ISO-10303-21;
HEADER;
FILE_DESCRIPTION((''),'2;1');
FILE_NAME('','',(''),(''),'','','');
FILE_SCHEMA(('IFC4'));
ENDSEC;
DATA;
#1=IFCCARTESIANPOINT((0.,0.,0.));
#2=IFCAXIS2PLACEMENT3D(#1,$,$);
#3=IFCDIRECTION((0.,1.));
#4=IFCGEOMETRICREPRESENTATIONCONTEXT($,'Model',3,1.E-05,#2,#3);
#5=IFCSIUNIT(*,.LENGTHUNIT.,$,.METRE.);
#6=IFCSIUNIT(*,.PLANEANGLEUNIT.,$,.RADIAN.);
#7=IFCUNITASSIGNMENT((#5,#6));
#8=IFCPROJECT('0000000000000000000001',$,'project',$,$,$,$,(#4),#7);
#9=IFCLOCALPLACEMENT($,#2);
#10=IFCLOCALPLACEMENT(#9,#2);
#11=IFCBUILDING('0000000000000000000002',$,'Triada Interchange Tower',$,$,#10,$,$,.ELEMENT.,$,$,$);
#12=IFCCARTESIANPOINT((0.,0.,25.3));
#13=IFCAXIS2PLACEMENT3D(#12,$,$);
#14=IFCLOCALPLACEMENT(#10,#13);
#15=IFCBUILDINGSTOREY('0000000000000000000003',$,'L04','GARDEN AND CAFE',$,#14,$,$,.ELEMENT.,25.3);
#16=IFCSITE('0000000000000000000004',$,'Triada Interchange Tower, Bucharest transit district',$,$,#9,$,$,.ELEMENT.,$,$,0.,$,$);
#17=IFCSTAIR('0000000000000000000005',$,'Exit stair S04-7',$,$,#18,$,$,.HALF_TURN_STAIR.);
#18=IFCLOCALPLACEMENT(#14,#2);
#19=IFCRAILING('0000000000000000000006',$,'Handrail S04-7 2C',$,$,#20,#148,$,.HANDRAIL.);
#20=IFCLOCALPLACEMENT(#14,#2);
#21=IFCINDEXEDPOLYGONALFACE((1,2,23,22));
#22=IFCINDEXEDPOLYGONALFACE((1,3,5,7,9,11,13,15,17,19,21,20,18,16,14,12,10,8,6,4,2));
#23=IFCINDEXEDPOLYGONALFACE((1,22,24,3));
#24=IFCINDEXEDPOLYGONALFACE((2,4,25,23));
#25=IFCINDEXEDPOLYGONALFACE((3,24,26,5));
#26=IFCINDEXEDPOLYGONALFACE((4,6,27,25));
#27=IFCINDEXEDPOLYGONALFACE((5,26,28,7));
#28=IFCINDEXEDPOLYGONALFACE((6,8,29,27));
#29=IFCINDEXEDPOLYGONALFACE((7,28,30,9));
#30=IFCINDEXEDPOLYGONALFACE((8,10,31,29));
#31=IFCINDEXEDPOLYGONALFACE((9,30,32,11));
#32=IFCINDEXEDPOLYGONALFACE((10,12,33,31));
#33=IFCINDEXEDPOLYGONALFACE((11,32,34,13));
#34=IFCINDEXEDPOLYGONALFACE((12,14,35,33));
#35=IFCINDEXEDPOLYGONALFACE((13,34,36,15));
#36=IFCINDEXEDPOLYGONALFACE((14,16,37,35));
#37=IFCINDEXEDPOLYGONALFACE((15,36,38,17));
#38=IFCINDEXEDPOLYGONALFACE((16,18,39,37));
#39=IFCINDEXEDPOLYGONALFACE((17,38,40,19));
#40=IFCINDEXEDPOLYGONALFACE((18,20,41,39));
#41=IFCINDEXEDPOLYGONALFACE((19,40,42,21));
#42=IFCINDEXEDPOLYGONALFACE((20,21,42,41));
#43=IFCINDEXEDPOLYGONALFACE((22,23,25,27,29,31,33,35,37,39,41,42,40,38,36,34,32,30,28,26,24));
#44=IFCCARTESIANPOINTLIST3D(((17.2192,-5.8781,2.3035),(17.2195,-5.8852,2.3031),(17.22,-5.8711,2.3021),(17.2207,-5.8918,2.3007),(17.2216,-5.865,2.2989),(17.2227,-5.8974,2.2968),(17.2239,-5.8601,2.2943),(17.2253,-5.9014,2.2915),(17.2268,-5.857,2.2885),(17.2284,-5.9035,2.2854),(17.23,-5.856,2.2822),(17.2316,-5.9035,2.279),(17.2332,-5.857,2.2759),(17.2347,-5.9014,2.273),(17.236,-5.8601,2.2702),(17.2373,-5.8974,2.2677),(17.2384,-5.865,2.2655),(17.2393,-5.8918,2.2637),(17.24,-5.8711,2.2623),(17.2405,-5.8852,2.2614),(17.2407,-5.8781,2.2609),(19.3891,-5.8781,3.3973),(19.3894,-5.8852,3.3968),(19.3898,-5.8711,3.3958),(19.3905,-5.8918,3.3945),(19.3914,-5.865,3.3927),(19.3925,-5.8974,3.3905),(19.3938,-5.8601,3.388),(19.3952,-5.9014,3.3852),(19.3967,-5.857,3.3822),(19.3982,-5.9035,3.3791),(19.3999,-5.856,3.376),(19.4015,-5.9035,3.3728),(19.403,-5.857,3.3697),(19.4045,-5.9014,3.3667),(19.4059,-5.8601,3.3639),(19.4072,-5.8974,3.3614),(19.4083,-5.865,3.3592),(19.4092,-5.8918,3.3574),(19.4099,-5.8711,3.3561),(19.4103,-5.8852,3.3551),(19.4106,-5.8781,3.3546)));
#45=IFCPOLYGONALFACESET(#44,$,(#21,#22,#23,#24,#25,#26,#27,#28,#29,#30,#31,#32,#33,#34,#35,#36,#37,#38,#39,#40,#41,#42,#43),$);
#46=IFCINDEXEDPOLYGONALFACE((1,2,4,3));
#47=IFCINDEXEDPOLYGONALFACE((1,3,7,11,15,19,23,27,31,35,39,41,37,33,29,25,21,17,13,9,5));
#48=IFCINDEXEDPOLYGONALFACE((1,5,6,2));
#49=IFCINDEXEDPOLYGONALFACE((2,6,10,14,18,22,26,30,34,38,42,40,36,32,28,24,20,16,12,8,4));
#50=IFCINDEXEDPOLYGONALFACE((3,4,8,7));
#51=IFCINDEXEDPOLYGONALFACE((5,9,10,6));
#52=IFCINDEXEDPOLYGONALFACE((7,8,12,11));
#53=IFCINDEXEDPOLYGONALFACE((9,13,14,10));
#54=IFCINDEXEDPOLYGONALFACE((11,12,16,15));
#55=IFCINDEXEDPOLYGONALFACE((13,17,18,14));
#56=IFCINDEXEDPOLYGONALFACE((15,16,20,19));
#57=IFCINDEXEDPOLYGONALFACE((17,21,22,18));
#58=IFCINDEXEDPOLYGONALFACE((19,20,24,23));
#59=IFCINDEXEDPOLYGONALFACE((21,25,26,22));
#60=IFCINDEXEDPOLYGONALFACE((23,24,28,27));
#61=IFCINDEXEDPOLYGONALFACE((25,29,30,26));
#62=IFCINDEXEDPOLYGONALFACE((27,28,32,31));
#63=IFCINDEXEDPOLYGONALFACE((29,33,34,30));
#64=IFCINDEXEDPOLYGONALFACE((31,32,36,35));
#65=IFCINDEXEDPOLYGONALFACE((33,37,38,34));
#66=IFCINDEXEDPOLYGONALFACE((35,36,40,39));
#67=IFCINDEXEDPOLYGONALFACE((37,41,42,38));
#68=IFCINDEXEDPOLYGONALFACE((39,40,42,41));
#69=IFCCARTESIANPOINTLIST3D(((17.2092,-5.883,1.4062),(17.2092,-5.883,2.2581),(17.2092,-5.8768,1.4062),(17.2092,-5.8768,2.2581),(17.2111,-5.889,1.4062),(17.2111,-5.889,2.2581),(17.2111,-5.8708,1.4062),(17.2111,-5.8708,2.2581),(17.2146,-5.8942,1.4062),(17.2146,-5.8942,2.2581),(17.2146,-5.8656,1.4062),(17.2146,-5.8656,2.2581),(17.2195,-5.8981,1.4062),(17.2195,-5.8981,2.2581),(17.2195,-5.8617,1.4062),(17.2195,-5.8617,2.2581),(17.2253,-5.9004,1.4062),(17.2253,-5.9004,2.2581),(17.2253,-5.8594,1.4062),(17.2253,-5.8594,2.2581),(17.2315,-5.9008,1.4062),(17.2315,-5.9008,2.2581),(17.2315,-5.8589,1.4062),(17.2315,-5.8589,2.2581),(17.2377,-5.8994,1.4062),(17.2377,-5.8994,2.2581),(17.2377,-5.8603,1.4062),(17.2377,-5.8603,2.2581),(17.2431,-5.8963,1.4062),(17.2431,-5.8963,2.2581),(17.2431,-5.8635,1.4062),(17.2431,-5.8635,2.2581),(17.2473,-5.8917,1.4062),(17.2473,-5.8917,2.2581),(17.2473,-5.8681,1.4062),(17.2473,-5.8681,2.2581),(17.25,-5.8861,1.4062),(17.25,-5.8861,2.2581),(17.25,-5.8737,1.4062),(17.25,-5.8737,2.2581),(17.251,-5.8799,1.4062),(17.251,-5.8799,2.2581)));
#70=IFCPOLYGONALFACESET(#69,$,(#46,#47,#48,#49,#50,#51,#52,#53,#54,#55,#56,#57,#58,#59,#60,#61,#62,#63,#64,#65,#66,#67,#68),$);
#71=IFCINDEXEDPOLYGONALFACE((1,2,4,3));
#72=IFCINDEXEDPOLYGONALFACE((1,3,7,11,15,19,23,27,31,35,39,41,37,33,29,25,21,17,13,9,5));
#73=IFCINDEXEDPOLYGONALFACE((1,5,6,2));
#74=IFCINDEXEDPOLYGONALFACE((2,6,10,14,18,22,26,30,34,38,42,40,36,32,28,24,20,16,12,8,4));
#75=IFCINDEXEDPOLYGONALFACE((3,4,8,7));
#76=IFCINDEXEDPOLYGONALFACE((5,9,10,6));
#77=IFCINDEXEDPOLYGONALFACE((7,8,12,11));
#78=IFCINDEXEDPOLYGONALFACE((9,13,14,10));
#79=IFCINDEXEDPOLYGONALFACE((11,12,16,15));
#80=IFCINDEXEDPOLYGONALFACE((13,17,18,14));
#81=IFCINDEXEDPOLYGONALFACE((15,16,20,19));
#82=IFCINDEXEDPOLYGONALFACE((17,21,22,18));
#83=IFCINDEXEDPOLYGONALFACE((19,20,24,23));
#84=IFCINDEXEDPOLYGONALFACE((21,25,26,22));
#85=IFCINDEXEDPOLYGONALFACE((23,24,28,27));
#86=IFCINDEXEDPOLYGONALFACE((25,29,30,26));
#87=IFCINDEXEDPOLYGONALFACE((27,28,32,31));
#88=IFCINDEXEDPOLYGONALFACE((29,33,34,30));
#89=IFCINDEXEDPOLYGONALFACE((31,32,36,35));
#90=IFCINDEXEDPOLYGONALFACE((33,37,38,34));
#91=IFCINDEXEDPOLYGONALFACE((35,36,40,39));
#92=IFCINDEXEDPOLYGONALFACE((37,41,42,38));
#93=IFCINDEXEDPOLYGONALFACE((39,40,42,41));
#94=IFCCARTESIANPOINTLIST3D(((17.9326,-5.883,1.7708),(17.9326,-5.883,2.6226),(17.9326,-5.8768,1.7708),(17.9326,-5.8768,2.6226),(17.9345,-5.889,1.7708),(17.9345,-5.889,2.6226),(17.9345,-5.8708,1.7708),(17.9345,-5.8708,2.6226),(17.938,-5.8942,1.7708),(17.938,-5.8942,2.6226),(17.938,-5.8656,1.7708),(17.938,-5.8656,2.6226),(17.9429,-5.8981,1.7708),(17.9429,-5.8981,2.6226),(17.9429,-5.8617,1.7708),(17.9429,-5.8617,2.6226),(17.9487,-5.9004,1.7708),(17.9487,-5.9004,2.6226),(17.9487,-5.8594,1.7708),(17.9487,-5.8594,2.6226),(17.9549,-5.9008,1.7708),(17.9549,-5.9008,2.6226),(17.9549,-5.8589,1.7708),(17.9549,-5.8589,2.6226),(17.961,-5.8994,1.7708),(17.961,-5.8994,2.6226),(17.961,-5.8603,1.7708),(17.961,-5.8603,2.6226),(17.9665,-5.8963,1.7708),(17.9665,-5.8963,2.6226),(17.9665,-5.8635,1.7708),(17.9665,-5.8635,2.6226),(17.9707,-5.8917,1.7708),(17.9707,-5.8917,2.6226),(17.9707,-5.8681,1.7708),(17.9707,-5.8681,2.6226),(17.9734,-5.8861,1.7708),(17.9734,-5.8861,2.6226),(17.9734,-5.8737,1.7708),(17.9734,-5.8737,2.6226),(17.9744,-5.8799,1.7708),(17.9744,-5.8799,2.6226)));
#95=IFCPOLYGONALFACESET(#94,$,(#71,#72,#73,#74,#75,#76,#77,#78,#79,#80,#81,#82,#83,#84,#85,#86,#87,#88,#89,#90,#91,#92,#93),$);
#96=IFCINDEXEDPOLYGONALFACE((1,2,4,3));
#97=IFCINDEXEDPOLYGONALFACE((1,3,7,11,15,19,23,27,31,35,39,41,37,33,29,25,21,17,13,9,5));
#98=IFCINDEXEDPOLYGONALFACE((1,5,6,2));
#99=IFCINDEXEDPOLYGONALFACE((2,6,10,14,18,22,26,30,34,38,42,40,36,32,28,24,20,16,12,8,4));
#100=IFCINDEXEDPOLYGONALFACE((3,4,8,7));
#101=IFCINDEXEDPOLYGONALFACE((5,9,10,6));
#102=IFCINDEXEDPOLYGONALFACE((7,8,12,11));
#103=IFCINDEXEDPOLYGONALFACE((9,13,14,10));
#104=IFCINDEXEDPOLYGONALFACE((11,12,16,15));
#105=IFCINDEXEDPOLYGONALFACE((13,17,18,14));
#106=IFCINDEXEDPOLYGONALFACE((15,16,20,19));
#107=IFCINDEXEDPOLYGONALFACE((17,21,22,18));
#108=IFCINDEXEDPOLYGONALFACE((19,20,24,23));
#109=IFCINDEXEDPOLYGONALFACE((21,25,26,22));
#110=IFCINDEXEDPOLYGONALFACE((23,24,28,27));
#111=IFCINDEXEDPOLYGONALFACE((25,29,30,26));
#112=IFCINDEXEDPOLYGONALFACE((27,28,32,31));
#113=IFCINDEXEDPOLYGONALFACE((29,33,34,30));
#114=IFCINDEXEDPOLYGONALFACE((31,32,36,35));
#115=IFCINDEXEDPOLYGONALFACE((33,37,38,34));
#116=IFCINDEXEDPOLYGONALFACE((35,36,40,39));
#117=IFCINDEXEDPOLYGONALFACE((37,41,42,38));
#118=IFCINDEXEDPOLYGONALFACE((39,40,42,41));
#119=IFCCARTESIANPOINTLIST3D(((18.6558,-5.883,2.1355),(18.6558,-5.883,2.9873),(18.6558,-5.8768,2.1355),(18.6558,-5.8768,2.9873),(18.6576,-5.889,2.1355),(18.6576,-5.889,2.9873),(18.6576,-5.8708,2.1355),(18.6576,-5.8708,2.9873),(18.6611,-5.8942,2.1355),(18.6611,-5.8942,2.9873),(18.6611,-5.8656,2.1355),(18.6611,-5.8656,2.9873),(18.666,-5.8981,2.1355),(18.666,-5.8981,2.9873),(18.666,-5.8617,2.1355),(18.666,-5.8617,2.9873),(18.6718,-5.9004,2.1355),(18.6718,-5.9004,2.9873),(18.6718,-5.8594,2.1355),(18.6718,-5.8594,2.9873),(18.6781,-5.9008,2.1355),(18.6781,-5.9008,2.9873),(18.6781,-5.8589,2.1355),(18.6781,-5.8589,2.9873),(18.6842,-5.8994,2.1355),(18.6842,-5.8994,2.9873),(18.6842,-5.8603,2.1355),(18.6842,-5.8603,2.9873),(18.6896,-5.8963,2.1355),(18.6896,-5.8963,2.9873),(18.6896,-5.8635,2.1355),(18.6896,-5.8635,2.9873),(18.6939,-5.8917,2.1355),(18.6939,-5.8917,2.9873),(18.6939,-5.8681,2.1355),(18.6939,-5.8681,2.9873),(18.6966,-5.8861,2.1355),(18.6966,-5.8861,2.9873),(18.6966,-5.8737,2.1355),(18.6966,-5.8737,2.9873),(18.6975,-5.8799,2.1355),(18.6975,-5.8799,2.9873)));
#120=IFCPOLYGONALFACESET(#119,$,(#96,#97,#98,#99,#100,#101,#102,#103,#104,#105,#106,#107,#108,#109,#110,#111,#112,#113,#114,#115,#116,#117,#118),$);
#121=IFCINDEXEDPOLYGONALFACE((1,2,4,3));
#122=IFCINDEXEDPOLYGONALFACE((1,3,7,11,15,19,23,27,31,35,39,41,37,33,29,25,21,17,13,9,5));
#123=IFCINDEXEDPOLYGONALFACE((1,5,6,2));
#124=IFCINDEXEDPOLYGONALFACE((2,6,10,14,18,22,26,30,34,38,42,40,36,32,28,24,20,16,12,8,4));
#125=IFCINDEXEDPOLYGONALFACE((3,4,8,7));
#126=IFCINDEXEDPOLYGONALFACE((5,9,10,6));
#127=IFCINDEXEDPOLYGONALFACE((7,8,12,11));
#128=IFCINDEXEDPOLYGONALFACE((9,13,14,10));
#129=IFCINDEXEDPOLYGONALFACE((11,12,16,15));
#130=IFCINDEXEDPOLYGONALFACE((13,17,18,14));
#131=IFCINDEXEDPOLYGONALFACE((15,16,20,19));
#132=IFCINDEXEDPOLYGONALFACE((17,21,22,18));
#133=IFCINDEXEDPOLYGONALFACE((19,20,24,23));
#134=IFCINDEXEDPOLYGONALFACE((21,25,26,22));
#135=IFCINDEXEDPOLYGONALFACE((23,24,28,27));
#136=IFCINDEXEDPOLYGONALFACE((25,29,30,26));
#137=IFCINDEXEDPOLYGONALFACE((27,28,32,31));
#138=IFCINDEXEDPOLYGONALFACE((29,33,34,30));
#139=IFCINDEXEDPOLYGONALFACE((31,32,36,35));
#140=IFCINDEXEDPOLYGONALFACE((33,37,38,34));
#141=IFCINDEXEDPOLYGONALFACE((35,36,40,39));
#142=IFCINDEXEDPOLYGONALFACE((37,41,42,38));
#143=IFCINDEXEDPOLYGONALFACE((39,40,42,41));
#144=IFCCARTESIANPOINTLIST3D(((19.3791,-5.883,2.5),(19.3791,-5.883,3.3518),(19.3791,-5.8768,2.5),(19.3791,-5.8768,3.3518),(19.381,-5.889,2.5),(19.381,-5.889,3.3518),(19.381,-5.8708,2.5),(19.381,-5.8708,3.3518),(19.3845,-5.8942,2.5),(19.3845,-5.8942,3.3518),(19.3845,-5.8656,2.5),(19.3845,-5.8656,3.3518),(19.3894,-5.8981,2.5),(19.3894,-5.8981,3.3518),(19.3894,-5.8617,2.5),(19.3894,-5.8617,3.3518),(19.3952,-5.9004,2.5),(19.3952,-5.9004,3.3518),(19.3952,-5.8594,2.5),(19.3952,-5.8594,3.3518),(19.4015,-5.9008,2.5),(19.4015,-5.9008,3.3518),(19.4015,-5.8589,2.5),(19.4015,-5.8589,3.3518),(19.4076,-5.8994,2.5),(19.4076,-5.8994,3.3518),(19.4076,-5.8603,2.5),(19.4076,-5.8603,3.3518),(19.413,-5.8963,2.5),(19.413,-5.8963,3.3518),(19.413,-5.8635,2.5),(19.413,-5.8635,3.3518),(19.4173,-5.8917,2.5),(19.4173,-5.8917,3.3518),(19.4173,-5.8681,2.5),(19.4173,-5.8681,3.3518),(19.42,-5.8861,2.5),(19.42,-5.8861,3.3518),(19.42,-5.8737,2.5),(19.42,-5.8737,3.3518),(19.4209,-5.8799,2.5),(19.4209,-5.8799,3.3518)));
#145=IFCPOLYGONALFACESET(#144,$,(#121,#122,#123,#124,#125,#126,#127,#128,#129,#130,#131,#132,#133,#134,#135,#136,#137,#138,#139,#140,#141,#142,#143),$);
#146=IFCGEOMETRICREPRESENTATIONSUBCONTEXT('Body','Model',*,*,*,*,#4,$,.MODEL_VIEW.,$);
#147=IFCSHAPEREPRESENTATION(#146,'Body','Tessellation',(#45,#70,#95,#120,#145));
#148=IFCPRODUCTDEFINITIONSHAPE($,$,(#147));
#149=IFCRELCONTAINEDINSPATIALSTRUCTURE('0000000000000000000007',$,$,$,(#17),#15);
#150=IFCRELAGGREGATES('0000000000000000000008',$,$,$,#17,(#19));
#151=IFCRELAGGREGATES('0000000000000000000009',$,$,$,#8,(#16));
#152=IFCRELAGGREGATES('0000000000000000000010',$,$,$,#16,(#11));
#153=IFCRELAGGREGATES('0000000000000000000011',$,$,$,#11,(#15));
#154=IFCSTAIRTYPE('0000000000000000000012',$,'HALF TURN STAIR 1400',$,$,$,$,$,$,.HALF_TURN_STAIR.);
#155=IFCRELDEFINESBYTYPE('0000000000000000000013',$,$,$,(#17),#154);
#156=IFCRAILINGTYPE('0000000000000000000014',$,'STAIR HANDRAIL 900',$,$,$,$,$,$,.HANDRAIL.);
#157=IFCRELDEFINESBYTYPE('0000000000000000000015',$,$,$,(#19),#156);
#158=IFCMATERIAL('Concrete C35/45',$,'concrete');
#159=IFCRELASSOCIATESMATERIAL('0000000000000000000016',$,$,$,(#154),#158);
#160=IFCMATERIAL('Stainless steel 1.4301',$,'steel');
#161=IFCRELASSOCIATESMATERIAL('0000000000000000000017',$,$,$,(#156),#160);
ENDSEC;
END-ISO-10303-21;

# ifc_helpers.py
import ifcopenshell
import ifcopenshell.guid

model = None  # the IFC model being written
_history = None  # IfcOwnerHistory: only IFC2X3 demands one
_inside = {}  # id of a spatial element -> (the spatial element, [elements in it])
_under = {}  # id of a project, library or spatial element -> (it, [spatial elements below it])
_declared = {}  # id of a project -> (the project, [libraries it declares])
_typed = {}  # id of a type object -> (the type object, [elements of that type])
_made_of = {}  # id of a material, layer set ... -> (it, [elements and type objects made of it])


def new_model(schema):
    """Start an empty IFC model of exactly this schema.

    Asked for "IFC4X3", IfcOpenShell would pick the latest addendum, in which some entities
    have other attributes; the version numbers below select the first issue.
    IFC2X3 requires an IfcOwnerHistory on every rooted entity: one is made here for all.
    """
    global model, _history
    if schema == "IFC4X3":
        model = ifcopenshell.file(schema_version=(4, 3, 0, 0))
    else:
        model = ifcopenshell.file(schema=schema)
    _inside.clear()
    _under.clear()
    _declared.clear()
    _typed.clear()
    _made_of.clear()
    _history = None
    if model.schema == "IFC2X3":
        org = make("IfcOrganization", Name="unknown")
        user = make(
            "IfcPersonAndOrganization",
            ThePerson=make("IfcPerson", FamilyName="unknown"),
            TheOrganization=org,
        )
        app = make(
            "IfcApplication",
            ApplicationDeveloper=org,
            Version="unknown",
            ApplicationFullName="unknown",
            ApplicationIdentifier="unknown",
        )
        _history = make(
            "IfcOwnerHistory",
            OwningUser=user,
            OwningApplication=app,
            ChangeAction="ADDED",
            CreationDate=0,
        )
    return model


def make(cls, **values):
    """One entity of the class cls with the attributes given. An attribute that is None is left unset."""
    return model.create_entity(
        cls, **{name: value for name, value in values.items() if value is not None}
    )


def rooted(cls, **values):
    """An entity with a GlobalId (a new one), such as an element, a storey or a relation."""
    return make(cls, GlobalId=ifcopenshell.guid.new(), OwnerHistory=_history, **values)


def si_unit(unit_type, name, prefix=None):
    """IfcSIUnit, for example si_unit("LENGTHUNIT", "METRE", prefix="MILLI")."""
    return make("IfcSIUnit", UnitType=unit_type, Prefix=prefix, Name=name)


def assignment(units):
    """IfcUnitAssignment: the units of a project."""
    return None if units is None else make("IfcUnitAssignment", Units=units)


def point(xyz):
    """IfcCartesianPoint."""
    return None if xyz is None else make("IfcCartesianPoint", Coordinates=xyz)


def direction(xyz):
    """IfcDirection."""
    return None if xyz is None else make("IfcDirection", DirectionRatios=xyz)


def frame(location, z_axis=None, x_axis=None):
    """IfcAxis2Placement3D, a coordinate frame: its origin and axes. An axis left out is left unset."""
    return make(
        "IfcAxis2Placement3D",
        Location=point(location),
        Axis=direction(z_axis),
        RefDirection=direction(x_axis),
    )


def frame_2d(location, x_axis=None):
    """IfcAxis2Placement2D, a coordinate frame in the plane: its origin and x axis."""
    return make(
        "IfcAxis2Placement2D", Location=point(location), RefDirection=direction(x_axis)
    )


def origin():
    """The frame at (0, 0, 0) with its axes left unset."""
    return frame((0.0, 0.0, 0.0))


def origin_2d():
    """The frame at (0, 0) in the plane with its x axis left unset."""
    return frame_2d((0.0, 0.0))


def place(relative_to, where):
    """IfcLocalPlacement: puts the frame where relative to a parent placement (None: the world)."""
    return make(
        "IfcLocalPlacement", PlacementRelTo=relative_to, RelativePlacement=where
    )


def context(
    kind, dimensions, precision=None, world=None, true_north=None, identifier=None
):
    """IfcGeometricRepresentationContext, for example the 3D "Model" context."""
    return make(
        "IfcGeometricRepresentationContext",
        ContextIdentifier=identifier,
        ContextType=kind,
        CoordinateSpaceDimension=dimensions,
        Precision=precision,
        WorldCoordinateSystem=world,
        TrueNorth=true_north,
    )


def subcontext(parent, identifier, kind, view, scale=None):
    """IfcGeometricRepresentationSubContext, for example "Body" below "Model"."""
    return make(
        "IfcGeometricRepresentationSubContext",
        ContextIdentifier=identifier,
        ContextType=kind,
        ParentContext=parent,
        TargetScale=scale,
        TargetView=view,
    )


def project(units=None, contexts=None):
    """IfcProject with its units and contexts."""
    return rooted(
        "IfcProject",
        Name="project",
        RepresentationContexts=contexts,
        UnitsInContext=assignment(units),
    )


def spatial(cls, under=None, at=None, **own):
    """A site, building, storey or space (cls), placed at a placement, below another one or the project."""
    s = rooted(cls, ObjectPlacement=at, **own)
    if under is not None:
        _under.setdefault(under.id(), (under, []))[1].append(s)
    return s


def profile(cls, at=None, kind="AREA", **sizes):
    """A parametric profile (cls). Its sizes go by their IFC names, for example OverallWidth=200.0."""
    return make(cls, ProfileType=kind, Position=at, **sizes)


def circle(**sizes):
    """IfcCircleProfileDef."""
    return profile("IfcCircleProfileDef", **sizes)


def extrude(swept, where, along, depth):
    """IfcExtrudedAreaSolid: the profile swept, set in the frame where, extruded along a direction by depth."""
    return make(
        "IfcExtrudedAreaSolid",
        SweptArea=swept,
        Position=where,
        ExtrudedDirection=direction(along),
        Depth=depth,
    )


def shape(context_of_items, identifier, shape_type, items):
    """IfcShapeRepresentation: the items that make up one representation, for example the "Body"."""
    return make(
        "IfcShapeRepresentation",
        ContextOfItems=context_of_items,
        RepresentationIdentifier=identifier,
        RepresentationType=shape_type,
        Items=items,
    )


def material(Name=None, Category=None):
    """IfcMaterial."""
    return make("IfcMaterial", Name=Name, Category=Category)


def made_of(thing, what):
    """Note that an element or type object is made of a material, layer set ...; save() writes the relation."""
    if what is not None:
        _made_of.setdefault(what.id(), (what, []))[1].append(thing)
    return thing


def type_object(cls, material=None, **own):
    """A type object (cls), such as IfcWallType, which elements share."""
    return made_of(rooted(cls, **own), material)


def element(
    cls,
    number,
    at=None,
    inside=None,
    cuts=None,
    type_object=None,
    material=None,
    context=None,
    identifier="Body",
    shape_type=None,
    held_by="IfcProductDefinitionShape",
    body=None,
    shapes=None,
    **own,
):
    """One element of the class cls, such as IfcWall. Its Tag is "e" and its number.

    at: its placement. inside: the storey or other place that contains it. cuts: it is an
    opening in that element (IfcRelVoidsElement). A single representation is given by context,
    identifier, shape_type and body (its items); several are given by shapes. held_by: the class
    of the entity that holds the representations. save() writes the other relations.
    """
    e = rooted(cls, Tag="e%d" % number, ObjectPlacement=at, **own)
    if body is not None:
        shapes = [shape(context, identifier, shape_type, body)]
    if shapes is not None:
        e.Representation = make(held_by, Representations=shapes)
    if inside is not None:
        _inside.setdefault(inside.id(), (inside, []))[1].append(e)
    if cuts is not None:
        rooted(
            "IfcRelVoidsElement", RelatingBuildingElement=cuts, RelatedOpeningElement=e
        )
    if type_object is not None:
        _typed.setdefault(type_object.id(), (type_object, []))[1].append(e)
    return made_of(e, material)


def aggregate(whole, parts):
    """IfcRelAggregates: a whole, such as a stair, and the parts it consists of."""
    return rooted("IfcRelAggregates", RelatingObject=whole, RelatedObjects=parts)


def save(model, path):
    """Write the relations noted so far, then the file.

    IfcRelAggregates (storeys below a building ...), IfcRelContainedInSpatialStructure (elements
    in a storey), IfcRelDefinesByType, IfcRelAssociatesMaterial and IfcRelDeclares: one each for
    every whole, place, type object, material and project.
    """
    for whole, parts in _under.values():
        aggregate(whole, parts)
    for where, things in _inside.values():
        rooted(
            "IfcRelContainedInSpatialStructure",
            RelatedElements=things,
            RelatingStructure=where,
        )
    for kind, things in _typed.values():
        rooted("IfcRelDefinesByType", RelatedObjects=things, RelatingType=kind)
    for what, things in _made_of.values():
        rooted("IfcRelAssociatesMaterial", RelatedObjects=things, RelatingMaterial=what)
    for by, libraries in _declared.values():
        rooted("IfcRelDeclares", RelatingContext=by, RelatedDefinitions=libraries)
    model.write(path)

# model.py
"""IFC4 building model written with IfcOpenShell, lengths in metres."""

from ifc_helpers import new_model, si_unit, direction, frame, origin, origin_2d, place, context, subcontext, project, spatial, circle, extrude, material, type_object, element, aggregate, save


model = new_model("IFC4")

# Units and contexts
model_context = context("Model", 3, precision=1e-05, world=origin(), true_north=direction((0.0, 1.0)))
body_context = subcontext(model_context, "Body", "Model", "MODEL_VIEW")
ifc_project = project(units=[si_unit("LENGTHUNIT", "METRE"), si_unit("PLANEANGLEUNIT", "RADIAN")], contexts=[model_context])

# Site, building, storey
site_placement = place(None, origin())
site = spatial("IfcSite", under=ifc_project, at=site_placement, Name="Triada Interchange Tower, Bucharest transit district", CompositionType="ELEMENT", RefElevation=0.0)
building_placement = place(site_placement, origin())
building = spatial("IfcBuilding", under=site, at=building_placement, Name="Triada Interchange Tower", CompositionType="ELEMENT")
storey_placement = place(building_placement, frame((0.0, 0.0, 25.3)))
storey = spatial("IfcBuildingStorey", under=building, at=storey_placement, Name="L04", Description="GARDEN AND CAFE", CompositionType="ELEMENT", Elevation=25.3)

# Shared definitions
ifc_material_1 = material(Name="Concrete C35/45", Category="concrete")

# Stair, railing
stair_type = type_object("IfcStairType", Name="HALF TURN STAIR 1400", PredefinedType="HALF_TURN_STAIR", material=ifc_material_1)
stair_placement = place(storey_placement, origin())
stair = element("IfcStair", 1, at=stair_placement, inside=storey, type_object=stair_type, Name="Exit stair S04-7", PredefinedType="HALF_TURN_STAIR")
ifc_material_2 = material(Name="Stainless steel 1.4301", Category="steel")
railing_type_1 = type_object("IfcRailingType", Name="STAIR HANDRAIL 900", PredefinedType="HANDRAIL", material=ifc_material_2)
railing_1_placement = place(storey_placement, frame((17.23, -5.8799, 1.4062)))
railing_1 = element("IfcRailing", 2, at=railing_1_placement, type_object=railing_type_1, Name="Handrail S04-7 2C", PredefinedType="HANDRAIL", context=body_context, shape_type="SweptSolid", body=[
    extrude(circle(Radius=0.0239, at=origin_2d()), frame((0.0, 0.0, 0.876), z_axis=(0.892976, 0.0, 0.450105), x_axis=(0.0, 1.0, 0.0)), (0.0, 0.0, 1.0), 2.4299),
    extrude(circle(Radius=0.021, at=origin_2d()), origin(), (0.0, 0.0, 1.0), 0.8518),
    extrude(circle(Radius=0.021, at=origin_2d()), frame((0.7234, 0.0, 0.3645)), (0.0, 0.0, 1.0), 0.8518),
    extrude(circle(Radius=0.021, at=origin_2d()), frame((1.4465, 0.0, 0.7292)), (0.0, 0.0, 1.0), 0.8518),
    extrude(circle(Radius=0.021, at=origin_2d()), frame((2.1699, 0.0, 1.0938)), (0.0, 0.0, 1.0), 0.8518),
])
aggregate(stair, [railing_1])

save(model, "model.ifc")
